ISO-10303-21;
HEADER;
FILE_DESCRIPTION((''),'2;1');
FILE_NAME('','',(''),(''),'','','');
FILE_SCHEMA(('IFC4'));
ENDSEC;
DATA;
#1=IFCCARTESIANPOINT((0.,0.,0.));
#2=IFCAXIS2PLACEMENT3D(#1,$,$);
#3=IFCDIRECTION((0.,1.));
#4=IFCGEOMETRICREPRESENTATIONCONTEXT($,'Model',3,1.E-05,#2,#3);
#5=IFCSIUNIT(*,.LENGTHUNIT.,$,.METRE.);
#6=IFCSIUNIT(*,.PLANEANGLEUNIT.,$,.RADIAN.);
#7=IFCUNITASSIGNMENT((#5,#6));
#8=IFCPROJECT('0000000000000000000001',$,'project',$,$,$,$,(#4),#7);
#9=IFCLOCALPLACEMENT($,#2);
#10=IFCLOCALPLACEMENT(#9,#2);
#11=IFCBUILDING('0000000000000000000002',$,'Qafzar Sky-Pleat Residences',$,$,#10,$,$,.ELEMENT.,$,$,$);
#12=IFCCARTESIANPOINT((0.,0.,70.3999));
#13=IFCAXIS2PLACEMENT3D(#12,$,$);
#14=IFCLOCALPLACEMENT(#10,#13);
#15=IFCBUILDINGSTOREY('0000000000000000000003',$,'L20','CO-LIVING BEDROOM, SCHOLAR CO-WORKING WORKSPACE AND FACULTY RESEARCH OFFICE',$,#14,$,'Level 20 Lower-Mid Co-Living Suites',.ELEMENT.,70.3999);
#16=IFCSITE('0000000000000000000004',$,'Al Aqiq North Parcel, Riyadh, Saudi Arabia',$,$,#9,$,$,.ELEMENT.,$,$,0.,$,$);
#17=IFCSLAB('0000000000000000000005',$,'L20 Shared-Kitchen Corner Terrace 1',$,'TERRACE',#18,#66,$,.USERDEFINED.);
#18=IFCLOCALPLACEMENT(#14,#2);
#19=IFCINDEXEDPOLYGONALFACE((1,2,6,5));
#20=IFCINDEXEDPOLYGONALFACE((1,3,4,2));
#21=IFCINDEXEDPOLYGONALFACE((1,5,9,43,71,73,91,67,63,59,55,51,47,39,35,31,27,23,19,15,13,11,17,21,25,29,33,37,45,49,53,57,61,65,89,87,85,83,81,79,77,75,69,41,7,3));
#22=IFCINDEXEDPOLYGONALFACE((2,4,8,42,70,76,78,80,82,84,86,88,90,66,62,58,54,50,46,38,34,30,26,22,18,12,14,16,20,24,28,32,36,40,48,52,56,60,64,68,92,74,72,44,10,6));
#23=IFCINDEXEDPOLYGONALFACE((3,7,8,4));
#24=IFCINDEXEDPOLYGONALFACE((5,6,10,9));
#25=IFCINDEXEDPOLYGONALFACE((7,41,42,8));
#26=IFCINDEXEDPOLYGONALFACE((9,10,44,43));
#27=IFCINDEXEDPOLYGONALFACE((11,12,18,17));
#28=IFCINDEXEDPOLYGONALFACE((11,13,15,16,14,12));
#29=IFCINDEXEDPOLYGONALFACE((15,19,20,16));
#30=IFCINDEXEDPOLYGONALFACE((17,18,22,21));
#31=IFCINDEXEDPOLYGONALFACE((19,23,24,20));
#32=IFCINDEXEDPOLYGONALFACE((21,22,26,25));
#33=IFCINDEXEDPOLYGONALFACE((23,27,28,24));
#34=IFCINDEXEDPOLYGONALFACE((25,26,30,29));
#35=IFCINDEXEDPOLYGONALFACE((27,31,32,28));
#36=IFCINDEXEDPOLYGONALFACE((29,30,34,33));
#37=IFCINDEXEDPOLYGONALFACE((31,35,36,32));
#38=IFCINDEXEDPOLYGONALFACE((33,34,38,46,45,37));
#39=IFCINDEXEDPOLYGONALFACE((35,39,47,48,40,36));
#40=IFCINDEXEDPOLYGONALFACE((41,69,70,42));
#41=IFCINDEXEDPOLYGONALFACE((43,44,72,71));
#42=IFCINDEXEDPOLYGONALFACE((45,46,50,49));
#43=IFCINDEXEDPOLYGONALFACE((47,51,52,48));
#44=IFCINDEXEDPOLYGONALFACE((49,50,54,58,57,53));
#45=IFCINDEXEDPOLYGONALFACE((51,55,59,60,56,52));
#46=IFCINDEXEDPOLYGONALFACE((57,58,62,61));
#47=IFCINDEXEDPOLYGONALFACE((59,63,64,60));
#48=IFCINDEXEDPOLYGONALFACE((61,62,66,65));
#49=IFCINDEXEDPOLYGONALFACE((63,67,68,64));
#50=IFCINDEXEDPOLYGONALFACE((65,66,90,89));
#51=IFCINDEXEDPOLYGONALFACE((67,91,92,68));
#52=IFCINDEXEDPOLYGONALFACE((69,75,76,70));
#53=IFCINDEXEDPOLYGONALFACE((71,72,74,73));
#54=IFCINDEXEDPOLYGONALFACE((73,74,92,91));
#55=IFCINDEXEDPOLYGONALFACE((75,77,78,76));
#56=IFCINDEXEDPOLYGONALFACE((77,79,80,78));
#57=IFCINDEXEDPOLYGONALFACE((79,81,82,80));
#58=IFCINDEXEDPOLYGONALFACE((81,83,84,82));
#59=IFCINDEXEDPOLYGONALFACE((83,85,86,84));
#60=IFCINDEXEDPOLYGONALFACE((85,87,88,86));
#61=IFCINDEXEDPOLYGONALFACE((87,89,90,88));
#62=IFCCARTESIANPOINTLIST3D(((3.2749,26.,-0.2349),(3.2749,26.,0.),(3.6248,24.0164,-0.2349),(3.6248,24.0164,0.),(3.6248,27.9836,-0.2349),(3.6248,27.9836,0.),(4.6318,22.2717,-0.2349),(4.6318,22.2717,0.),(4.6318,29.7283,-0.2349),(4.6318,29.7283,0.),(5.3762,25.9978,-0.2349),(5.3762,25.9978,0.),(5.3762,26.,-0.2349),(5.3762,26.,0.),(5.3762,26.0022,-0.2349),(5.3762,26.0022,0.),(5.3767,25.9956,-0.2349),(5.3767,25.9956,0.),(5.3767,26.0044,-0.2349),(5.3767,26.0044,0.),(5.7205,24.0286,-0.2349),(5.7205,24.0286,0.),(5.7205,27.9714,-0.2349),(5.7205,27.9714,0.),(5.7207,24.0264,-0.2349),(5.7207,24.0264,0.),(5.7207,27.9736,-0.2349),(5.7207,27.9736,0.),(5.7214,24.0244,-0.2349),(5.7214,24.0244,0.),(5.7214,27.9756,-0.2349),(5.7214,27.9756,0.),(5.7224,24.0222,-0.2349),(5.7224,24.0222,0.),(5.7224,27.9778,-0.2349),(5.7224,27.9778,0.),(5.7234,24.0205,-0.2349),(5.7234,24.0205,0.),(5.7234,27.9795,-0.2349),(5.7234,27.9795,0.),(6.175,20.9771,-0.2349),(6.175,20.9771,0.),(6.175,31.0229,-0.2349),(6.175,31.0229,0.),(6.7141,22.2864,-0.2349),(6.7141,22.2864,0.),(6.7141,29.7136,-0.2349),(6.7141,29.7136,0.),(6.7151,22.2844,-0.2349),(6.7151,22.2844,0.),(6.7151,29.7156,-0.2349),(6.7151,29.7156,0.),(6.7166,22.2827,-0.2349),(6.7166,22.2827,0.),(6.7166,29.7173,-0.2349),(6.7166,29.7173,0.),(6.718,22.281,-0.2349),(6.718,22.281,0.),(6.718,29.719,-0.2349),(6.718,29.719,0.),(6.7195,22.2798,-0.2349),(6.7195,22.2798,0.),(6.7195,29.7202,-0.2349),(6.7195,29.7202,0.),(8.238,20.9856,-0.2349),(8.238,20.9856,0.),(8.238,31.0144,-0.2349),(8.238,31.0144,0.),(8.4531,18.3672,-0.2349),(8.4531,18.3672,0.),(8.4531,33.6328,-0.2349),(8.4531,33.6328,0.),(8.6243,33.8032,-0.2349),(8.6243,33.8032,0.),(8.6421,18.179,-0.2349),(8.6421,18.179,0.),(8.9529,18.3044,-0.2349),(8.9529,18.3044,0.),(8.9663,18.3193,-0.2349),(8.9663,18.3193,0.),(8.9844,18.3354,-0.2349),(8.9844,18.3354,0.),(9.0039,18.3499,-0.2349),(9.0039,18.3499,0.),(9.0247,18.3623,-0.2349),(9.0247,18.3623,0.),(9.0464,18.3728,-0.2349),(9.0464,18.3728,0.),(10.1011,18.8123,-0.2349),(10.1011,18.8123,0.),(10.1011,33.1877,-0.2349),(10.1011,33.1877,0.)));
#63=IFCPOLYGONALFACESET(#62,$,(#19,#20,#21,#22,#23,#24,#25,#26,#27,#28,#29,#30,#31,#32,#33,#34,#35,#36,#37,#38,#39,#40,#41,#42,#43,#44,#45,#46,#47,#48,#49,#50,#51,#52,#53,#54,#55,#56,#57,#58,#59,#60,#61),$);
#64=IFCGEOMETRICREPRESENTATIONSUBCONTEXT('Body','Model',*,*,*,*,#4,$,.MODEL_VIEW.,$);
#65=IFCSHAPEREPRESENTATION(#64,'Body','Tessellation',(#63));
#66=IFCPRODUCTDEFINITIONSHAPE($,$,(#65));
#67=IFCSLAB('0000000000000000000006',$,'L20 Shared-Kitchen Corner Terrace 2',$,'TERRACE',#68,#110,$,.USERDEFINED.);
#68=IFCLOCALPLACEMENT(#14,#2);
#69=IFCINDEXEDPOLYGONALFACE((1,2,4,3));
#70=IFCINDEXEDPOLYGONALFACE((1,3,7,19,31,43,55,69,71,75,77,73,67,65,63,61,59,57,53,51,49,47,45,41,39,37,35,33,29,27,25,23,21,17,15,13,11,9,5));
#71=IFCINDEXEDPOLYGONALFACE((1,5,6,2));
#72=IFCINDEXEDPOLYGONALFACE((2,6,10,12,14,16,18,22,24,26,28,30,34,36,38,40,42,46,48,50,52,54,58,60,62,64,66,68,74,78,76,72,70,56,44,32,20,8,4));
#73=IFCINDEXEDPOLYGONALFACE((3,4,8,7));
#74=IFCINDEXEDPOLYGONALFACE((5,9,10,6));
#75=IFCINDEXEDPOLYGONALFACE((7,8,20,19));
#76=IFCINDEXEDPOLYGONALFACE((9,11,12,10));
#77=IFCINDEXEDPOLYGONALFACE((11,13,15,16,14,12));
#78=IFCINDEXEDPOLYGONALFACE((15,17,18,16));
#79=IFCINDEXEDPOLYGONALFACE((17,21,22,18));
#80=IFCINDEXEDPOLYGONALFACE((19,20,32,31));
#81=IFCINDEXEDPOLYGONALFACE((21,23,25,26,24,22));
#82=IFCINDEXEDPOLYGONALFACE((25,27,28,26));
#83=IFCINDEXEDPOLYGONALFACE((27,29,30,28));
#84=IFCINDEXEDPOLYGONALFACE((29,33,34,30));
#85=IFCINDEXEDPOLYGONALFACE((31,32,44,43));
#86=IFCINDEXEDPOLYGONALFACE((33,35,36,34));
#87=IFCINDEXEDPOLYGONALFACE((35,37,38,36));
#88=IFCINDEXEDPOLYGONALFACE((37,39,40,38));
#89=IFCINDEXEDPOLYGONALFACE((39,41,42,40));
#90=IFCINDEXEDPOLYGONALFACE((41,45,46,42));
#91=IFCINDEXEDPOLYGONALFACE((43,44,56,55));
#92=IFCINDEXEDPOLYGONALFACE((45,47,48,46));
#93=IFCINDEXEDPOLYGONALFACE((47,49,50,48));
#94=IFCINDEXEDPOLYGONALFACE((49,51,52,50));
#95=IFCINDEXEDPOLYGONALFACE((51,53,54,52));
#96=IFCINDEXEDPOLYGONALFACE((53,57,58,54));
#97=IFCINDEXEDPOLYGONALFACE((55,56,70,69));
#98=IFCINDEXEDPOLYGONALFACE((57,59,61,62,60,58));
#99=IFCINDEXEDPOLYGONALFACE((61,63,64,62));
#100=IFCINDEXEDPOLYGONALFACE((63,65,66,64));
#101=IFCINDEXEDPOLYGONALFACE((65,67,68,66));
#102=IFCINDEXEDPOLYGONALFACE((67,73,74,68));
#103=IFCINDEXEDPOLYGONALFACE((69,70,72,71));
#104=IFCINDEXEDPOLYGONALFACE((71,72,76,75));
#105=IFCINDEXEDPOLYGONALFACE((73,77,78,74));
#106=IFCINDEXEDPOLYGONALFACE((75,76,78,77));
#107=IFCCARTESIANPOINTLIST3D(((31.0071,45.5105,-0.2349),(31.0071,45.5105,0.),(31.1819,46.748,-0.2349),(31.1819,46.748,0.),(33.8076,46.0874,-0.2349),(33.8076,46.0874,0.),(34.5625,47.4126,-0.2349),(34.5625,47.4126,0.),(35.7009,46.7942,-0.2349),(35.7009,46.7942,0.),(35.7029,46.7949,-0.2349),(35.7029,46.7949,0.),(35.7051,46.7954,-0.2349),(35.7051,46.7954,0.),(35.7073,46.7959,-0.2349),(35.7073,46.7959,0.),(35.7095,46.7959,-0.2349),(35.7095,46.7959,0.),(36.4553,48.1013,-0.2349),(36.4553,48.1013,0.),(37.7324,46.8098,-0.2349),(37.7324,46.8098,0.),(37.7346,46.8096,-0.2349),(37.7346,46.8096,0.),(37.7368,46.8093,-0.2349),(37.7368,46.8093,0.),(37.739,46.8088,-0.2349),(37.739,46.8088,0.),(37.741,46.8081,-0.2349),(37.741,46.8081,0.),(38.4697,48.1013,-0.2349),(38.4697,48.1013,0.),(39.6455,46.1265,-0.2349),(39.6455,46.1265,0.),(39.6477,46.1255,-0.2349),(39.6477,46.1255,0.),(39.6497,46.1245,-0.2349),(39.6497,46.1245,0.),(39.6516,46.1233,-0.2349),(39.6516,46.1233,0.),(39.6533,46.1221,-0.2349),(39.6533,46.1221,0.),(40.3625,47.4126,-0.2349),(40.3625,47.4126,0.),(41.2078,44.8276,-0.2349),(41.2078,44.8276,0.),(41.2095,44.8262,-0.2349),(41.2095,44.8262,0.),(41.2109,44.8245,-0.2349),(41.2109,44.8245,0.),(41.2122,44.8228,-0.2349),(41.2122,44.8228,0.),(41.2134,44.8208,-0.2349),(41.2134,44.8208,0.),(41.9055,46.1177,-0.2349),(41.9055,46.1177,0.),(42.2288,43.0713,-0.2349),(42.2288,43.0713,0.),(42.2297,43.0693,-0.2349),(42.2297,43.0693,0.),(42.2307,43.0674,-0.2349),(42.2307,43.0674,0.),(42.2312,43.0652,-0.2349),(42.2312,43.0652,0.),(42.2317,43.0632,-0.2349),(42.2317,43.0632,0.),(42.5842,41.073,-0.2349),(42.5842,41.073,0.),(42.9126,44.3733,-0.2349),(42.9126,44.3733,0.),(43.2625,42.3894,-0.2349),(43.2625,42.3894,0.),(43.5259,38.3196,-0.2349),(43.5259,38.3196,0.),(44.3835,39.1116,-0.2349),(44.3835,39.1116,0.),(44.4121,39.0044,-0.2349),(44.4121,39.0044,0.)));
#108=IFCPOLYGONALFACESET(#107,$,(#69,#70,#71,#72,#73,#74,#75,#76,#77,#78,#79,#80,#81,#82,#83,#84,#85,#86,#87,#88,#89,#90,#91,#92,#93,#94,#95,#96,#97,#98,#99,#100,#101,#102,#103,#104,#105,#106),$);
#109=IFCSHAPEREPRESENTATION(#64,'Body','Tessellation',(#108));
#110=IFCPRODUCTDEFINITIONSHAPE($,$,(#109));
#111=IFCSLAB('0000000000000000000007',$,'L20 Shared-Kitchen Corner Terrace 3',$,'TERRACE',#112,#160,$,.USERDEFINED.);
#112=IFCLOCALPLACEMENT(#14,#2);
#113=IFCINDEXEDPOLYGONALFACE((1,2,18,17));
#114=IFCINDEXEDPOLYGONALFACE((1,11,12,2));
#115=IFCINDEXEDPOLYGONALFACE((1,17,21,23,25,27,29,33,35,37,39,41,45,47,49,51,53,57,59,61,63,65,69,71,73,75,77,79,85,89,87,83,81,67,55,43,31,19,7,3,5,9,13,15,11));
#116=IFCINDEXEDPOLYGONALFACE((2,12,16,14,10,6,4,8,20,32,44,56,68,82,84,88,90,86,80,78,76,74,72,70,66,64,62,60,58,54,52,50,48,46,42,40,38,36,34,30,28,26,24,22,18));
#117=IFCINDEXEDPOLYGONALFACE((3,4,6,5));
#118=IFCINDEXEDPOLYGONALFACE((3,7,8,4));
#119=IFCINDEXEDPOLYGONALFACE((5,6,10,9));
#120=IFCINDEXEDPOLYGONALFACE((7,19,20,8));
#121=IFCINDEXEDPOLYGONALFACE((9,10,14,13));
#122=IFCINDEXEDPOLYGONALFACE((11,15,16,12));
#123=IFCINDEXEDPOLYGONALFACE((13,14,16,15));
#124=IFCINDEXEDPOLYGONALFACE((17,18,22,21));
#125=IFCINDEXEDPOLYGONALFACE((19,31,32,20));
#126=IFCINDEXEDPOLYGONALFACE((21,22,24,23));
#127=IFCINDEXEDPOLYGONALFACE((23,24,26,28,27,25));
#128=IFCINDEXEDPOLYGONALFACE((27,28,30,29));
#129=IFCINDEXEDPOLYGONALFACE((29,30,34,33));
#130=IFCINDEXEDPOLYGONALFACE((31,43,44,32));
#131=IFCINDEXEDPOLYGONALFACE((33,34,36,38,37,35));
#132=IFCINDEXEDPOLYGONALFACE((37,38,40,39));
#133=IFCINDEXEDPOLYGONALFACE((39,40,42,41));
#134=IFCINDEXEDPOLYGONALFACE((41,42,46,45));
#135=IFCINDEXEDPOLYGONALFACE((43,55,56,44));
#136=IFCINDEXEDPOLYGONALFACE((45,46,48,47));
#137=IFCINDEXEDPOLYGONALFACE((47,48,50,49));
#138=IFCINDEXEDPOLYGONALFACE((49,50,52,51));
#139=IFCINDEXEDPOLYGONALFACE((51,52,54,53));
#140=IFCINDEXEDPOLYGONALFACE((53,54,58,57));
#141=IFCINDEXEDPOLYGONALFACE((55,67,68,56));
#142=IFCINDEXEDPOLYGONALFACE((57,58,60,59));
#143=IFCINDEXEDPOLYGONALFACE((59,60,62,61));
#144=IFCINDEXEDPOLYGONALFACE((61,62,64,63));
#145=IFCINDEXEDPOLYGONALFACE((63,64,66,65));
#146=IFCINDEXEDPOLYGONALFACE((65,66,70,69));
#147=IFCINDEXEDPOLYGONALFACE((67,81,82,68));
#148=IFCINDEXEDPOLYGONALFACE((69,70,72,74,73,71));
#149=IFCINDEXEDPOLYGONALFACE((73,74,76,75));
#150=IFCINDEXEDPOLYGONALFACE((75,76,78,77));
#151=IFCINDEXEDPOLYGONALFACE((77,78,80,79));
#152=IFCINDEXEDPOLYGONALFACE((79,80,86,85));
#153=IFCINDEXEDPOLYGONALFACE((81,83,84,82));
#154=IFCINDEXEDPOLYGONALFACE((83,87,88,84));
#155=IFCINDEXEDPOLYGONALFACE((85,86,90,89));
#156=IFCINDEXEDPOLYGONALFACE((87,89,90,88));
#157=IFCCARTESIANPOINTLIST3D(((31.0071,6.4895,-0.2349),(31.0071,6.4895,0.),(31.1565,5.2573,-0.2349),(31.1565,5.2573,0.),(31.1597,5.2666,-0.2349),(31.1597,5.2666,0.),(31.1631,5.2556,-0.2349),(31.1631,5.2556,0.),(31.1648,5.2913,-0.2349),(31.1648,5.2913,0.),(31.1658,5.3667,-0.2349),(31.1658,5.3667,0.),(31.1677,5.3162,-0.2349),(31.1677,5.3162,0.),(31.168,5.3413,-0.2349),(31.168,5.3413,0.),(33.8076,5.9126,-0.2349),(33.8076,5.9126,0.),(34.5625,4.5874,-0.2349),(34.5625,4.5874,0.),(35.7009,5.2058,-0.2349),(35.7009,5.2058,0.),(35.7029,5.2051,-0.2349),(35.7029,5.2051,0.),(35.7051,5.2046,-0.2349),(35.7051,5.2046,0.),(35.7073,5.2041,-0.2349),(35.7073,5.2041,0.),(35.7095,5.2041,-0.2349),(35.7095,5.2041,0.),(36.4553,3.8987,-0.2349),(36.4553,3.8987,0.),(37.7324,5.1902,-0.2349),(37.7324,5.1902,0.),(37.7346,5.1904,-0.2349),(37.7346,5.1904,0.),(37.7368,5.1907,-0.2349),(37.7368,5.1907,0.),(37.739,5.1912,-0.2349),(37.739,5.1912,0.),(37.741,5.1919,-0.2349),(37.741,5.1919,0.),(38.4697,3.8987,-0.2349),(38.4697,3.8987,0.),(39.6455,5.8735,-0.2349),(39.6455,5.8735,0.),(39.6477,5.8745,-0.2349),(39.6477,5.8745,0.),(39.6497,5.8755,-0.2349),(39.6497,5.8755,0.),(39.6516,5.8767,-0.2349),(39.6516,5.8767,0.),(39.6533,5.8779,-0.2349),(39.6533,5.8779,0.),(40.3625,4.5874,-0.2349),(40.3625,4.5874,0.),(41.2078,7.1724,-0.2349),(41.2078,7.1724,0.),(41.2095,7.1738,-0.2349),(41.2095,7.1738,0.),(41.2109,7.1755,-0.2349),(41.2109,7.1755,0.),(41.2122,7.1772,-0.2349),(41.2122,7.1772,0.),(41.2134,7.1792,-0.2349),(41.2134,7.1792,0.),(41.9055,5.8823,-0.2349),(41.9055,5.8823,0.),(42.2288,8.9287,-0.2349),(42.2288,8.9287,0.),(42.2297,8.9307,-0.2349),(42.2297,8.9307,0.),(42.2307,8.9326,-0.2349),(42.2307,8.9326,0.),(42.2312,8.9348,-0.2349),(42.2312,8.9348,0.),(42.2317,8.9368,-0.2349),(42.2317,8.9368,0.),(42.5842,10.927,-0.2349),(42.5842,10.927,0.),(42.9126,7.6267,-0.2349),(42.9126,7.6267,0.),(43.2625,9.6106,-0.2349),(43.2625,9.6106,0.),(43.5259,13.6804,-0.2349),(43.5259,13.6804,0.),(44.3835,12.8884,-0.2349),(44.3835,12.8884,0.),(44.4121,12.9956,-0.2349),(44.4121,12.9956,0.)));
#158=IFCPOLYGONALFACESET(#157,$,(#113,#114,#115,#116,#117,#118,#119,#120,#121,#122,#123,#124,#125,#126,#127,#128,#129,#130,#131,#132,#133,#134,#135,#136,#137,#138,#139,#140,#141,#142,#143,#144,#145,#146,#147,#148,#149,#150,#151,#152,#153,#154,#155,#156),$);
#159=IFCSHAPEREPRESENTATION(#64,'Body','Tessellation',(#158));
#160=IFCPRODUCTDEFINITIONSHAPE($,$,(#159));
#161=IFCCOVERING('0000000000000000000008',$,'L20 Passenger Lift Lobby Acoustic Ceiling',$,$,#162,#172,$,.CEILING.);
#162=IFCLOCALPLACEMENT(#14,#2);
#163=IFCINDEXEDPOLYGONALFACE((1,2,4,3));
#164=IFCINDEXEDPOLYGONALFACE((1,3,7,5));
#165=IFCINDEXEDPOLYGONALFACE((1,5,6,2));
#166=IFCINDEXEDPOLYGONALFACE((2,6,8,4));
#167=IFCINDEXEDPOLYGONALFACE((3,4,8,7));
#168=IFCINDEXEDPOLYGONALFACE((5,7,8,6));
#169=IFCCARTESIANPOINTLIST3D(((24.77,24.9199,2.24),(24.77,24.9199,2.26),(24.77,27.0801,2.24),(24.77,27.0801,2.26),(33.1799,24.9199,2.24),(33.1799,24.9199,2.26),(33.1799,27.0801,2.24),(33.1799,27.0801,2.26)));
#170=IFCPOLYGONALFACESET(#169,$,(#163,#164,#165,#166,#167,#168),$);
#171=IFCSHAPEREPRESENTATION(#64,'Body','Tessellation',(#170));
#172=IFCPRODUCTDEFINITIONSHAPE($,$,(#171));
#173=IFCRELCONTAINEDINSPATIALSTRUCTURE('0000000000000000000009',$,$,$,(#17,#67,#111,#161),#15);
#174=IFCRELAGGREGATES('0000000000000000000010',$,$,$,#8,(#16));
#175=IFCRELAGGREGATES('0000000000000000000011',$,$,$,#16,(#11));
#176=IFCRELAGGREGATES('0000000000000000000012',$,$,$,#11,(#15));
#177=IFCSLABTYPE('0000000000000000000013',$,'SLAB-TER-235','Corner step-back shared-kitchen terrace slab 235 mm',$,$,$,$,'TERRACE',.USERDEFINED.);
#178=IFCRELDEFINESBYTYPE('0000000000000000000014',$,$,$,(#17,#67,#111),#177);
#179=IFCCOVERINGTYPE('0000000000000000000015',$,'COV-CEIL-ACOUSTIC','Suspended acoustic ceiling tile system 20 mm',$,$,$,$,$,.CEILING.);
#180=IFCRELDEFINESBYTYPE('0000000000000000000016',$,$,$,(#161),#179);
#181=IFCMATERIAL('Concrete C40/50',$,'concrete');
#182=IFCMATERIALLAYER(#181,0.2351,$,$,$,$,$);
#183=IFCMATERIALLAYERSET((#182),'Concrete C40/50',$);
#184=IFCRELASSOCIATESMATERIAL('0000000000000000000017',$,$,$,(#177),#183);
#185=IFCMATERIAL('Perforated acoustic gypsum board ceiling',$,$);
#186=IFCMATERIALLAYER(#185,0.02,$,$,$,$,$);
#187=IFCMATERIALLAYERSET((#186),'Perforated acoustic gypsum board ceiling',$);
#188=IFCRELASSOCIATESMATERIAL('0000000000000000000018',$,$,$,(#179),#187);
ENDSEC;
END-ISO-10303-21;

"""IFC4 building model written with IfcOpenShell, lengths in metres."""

from ifc_helpers import new_model, si_unit, direction, frame, origin, place, context, subcontext, project, spatial, polyline, outline, extrude, material, layer, layer_set, type_object, element, save


model = new_model("IFC4")

# Units and contexts
model_context = context("Model", 3, precision=1e-05, world=origin(), true_north=direction((0.0, 1.0)))
body_context = subcontext(model_context, "Body", "Model", "MODEL_VIEW")
ifc_project = project(units=[si_unit("LENGTHUNIT", "METRE"), si_unit("PLANEANGLEUNIT", "RADIAN")], contexts=[model_context])

# Site, building, storey
site_placement = place(None, origin())
site = spatial("IfcSite", under=ifc_project, at=site_placement, Name="Al Aqiq North Parcel, Riyadh, Saudi Arabia", CompositionType="ELEMENT", RefElevation=0.0)
building_placement = place(site_placement, origin())
building = spatial("IfcBuilding", under=site, at=building_placement, Name="Qafzar Sky-Pleat Residences", CompositionType="ELEMENT")
storey_placement = place(building_placement, frame((0.0, 0.0, 70.3999)))
storey = spatial("IfcBuildingStorey", under=building, at=storey_placement, Name="L20", Description="CO-LIVING BEDROOM, SCHOLAR CO-WORKING WORKSPACE AND FACULTY RESEARCH OFFICE", LongName="Level 20 Lower-Mid Co-Living Suites", CompositionType="ELEMENT", Elevation=70.3999)

# Shared definitions
ifc_material_1 = material(Name="Concrete C40/50", Category="concrete")

# Slabs
ifc_layer_1 = layer(ifc_material_1, 0.2351)
ifc_layer_set_1 = layer_set([ifc_layer_1], Name="Concrete C40/50")
slab_type_1 = type_object("IfcSlabType", Name="SLAB-TER-235", Description="Corner step-back shared-kitchen terrace slab 235 mm", ElementType="TERRACE", PredefinedType="USERDEFINED", material=ifc_layer_set_1)
slab_1_placement = place(storey_placement, frame((0.0, 0.0, -0.2349)))
element("IfcSlab", 1, at=slab_1_placement, inside=storey, type_object=slab_type_1, Name="L20 Shared-Kitchen Corner Terrace 1", ObjectType="TERRACE", PredefinedType="USERDEFINED", context=body_context, shape_type="SweptSolid", body=[
    extrude(outline(polyline([(10.1011, 33.1877), (8.238, 31.0144), (6.7195, 29.7202), (6.718, 29.719), (6.7166, 29.7173), (6.7151, 29.7156), (6.7141, 29.7136), (5.7234, 27.9795), (5.7224, 27.9778), (5.7214, 27.9756), (5.7207, 27.9736), (5.7205, 27.9714), (5.3767, 26.0044), (5.3762, 26.0022), (5.3762, 26.0), (5.3762, 25.9978), (5.3767, 25.9956), (5.7205, 24.0286), (5.7207, 24.0264), (5.7214, 24.0244), (5.7224, 24.0222), (5.7234, 24.0205), (6.7141, 22.2864), (6.7151, 22.2844), (6.7166, 22.2827), (6.718, 22.281), (6.7195, 22.2798), (8.238, 20.9856), (10.1011, 18.8123), (9.0464, 18.3728), (9.0247, 18.3623), (9.0039, 18.3499), (8.9844, 18.3354), (8.9663, 18.3193), (8.9529, 18.3044), (8.6421, 18.179), (8.4531, 18.3672), (6.175, 20.9771), (4.6318, 22.2717), (3.6248, 24.0164), (3.2749, 26.0), (3.6248, 27.9836), (4.6318, 29.7283), (6.175, 31.0229), (8.4531, 33.6328), (8.6243, 33.8032), (10.1011, 33.1877)])), origin(), (0.0, 0.0, 1.0), 0.2349),
])
slab_2_placement = place(storey_placement, frame((0.0, 0.0, -0.2349)))
element("IfcSlab", 2, at=slab_2_placement, inside=storey, type_object=slab_type_1, Name="L20 Shared-Kitchen Corner Terrace 2", ObjectType="TERRACE", PredefinedType="USERDEFINED", context=body_context, shape_type="SweptSolid", body=[
    extrude(outline(polyline([(36.4553, 48.1013), (38.4697, 48.1013), (40.3625, 47.4126), (41.9055, 46.1177), (42.9126, 44.3733), (43.2625, 42.3894), (44.3835, 39.1116), (44.4121, 39.0044), (43.5259, 38.3196), (42.5842, 41.073), (42.2317, 43.0632), (42.2312, 43.0652), (42.2307, 43.0674), (42.2297, 43.0693), (42.2288, 43.0713), (41.2134, 44.8208), (41.2122, 44.8228), (41.2109, 44.8245), (41.2095, 44.8262), (41.2078, 44.8276), (39.6533, 46.1221), (39.6516, 46.1233), (39.6497, 46.1245), (39.6477, 46.1255), (39.6455, 46.1265), (37.741, 46.8081), (37.739, 46.8088), (37.7368, 46.8093), (37.7346, 46.8096), (37.7324, 46.8098), (35.7095, 46.7959), (35.7073, 46.7959), (35.7051, 46.7954), (35.7029, 46.7949), (35.7009, 46.7942), (33.8076, 46.0874), (31.0071, 45.5105), (31.1819, 46.748), (34.5625, 47.4126), (36.4553, 48.1013)])), origin(), (0.0, 0.0, 1.0), 0.2349),
])
slab_3_placement = place(storey_placement, frame((0.0, 0.0, -0.2349)))
element("IfcSlab", 3, at=slab_3_placement, inside=storey, type_object=slab_type_1, Name="L20 Shared-Kitchen Corner Terrace 3", ObjectType="TERRACE", PredefinedType="USERDEFINED", context=body_context, shape_type="SweptSolid", body=[
    extrude(outline(polyline([(43.2625, 9.6106), (42.9126, 7.6267), (41.9055, 5.8823), (40.3625, 4.5874), (38.4697, 3.8987), (36.4553, 3.8987), (34.5625, 4.5874), (31.1631, 5.2556), (31.1565, 5.2573), (31.1597, 5.2666), (31.1648, 5.2913), (31.1677, 5.3162), (31.168, 5.3413), (31.1658, 5.3667), (31.0071, 6.4895), (33.8076, 5.9126), (35.7009, 5.2058), (35.7029, 5.2051), (35.7051, 5.2046), (35.7073, 5.2041), (35.7095, 5.2041), (37.7324, 5.1902), (37.7346, 5.1904), (37.7368, 5.1907), (37.739, 5.1912), (37.741, 5.1919), (39.6455, 5.8735), (39.6477, 5.8745), (39.6497, 5.8755), (39.6516, 5.8767), (39.6533, 5.8779), (41.2078, 7.1724), (41.2095, 7.1738), (41.2109, 7.1755), (41.2122, 7.1772), (41.2134, 7.1792), (42.2288, 8.9287), (42.2297, 8.9307), (42.2307, 8.9326), (42.2312, 8.9348), (42.2317, 8.9368), (42.5842, 10.927), (43.5259, 13.6804), (44.4121, 12.9956), (44.3835, 12.8884), (43.2625, 9.6106)])), origin(), (0.0, 0.0, 1.0), 0.2349),
])

# Covering
ifc_material_2 = material(Name="Perforated acoustic gypsum board ceiling")
ifc_layer_2 = layer(ifc_material_2, 0.02)
ifc_layer_set_2 = layer_set([ifc_layer_2], Name="Perforated acoustic gypsum board ceiling")
covering_type_1 = type_object("IfcCoveringType", Name="COV-CEIL-ACOUSTIC", Description="Suspended acoustic ceiling tile system 20 mm", PredefinedType="CEILING", material=ifc_layer_set_2)
covering_1_placement = place(storey_placement, frame((0.0, 0.0, 2.24)))
element("IfcCovering", 4, at=covering_1_placement, inside=storey, type_object=covering_type_1, Name="L20 Passenger Lift Lobby Acoustic Ceiling", PredefinedType="CEILING", context=body_context, shape_type="SweptSolid", body=[
    extrude(outline(polyline([(33.1799, 24.9199), (24.77, 24.9199), (24.77, 27.0801), (33.1799, 27.0801), (33.1799, 24.9199)])), origin(), (0.0, 0.0, 1.0), 0.02),
])

save(model, "model.ifc")
